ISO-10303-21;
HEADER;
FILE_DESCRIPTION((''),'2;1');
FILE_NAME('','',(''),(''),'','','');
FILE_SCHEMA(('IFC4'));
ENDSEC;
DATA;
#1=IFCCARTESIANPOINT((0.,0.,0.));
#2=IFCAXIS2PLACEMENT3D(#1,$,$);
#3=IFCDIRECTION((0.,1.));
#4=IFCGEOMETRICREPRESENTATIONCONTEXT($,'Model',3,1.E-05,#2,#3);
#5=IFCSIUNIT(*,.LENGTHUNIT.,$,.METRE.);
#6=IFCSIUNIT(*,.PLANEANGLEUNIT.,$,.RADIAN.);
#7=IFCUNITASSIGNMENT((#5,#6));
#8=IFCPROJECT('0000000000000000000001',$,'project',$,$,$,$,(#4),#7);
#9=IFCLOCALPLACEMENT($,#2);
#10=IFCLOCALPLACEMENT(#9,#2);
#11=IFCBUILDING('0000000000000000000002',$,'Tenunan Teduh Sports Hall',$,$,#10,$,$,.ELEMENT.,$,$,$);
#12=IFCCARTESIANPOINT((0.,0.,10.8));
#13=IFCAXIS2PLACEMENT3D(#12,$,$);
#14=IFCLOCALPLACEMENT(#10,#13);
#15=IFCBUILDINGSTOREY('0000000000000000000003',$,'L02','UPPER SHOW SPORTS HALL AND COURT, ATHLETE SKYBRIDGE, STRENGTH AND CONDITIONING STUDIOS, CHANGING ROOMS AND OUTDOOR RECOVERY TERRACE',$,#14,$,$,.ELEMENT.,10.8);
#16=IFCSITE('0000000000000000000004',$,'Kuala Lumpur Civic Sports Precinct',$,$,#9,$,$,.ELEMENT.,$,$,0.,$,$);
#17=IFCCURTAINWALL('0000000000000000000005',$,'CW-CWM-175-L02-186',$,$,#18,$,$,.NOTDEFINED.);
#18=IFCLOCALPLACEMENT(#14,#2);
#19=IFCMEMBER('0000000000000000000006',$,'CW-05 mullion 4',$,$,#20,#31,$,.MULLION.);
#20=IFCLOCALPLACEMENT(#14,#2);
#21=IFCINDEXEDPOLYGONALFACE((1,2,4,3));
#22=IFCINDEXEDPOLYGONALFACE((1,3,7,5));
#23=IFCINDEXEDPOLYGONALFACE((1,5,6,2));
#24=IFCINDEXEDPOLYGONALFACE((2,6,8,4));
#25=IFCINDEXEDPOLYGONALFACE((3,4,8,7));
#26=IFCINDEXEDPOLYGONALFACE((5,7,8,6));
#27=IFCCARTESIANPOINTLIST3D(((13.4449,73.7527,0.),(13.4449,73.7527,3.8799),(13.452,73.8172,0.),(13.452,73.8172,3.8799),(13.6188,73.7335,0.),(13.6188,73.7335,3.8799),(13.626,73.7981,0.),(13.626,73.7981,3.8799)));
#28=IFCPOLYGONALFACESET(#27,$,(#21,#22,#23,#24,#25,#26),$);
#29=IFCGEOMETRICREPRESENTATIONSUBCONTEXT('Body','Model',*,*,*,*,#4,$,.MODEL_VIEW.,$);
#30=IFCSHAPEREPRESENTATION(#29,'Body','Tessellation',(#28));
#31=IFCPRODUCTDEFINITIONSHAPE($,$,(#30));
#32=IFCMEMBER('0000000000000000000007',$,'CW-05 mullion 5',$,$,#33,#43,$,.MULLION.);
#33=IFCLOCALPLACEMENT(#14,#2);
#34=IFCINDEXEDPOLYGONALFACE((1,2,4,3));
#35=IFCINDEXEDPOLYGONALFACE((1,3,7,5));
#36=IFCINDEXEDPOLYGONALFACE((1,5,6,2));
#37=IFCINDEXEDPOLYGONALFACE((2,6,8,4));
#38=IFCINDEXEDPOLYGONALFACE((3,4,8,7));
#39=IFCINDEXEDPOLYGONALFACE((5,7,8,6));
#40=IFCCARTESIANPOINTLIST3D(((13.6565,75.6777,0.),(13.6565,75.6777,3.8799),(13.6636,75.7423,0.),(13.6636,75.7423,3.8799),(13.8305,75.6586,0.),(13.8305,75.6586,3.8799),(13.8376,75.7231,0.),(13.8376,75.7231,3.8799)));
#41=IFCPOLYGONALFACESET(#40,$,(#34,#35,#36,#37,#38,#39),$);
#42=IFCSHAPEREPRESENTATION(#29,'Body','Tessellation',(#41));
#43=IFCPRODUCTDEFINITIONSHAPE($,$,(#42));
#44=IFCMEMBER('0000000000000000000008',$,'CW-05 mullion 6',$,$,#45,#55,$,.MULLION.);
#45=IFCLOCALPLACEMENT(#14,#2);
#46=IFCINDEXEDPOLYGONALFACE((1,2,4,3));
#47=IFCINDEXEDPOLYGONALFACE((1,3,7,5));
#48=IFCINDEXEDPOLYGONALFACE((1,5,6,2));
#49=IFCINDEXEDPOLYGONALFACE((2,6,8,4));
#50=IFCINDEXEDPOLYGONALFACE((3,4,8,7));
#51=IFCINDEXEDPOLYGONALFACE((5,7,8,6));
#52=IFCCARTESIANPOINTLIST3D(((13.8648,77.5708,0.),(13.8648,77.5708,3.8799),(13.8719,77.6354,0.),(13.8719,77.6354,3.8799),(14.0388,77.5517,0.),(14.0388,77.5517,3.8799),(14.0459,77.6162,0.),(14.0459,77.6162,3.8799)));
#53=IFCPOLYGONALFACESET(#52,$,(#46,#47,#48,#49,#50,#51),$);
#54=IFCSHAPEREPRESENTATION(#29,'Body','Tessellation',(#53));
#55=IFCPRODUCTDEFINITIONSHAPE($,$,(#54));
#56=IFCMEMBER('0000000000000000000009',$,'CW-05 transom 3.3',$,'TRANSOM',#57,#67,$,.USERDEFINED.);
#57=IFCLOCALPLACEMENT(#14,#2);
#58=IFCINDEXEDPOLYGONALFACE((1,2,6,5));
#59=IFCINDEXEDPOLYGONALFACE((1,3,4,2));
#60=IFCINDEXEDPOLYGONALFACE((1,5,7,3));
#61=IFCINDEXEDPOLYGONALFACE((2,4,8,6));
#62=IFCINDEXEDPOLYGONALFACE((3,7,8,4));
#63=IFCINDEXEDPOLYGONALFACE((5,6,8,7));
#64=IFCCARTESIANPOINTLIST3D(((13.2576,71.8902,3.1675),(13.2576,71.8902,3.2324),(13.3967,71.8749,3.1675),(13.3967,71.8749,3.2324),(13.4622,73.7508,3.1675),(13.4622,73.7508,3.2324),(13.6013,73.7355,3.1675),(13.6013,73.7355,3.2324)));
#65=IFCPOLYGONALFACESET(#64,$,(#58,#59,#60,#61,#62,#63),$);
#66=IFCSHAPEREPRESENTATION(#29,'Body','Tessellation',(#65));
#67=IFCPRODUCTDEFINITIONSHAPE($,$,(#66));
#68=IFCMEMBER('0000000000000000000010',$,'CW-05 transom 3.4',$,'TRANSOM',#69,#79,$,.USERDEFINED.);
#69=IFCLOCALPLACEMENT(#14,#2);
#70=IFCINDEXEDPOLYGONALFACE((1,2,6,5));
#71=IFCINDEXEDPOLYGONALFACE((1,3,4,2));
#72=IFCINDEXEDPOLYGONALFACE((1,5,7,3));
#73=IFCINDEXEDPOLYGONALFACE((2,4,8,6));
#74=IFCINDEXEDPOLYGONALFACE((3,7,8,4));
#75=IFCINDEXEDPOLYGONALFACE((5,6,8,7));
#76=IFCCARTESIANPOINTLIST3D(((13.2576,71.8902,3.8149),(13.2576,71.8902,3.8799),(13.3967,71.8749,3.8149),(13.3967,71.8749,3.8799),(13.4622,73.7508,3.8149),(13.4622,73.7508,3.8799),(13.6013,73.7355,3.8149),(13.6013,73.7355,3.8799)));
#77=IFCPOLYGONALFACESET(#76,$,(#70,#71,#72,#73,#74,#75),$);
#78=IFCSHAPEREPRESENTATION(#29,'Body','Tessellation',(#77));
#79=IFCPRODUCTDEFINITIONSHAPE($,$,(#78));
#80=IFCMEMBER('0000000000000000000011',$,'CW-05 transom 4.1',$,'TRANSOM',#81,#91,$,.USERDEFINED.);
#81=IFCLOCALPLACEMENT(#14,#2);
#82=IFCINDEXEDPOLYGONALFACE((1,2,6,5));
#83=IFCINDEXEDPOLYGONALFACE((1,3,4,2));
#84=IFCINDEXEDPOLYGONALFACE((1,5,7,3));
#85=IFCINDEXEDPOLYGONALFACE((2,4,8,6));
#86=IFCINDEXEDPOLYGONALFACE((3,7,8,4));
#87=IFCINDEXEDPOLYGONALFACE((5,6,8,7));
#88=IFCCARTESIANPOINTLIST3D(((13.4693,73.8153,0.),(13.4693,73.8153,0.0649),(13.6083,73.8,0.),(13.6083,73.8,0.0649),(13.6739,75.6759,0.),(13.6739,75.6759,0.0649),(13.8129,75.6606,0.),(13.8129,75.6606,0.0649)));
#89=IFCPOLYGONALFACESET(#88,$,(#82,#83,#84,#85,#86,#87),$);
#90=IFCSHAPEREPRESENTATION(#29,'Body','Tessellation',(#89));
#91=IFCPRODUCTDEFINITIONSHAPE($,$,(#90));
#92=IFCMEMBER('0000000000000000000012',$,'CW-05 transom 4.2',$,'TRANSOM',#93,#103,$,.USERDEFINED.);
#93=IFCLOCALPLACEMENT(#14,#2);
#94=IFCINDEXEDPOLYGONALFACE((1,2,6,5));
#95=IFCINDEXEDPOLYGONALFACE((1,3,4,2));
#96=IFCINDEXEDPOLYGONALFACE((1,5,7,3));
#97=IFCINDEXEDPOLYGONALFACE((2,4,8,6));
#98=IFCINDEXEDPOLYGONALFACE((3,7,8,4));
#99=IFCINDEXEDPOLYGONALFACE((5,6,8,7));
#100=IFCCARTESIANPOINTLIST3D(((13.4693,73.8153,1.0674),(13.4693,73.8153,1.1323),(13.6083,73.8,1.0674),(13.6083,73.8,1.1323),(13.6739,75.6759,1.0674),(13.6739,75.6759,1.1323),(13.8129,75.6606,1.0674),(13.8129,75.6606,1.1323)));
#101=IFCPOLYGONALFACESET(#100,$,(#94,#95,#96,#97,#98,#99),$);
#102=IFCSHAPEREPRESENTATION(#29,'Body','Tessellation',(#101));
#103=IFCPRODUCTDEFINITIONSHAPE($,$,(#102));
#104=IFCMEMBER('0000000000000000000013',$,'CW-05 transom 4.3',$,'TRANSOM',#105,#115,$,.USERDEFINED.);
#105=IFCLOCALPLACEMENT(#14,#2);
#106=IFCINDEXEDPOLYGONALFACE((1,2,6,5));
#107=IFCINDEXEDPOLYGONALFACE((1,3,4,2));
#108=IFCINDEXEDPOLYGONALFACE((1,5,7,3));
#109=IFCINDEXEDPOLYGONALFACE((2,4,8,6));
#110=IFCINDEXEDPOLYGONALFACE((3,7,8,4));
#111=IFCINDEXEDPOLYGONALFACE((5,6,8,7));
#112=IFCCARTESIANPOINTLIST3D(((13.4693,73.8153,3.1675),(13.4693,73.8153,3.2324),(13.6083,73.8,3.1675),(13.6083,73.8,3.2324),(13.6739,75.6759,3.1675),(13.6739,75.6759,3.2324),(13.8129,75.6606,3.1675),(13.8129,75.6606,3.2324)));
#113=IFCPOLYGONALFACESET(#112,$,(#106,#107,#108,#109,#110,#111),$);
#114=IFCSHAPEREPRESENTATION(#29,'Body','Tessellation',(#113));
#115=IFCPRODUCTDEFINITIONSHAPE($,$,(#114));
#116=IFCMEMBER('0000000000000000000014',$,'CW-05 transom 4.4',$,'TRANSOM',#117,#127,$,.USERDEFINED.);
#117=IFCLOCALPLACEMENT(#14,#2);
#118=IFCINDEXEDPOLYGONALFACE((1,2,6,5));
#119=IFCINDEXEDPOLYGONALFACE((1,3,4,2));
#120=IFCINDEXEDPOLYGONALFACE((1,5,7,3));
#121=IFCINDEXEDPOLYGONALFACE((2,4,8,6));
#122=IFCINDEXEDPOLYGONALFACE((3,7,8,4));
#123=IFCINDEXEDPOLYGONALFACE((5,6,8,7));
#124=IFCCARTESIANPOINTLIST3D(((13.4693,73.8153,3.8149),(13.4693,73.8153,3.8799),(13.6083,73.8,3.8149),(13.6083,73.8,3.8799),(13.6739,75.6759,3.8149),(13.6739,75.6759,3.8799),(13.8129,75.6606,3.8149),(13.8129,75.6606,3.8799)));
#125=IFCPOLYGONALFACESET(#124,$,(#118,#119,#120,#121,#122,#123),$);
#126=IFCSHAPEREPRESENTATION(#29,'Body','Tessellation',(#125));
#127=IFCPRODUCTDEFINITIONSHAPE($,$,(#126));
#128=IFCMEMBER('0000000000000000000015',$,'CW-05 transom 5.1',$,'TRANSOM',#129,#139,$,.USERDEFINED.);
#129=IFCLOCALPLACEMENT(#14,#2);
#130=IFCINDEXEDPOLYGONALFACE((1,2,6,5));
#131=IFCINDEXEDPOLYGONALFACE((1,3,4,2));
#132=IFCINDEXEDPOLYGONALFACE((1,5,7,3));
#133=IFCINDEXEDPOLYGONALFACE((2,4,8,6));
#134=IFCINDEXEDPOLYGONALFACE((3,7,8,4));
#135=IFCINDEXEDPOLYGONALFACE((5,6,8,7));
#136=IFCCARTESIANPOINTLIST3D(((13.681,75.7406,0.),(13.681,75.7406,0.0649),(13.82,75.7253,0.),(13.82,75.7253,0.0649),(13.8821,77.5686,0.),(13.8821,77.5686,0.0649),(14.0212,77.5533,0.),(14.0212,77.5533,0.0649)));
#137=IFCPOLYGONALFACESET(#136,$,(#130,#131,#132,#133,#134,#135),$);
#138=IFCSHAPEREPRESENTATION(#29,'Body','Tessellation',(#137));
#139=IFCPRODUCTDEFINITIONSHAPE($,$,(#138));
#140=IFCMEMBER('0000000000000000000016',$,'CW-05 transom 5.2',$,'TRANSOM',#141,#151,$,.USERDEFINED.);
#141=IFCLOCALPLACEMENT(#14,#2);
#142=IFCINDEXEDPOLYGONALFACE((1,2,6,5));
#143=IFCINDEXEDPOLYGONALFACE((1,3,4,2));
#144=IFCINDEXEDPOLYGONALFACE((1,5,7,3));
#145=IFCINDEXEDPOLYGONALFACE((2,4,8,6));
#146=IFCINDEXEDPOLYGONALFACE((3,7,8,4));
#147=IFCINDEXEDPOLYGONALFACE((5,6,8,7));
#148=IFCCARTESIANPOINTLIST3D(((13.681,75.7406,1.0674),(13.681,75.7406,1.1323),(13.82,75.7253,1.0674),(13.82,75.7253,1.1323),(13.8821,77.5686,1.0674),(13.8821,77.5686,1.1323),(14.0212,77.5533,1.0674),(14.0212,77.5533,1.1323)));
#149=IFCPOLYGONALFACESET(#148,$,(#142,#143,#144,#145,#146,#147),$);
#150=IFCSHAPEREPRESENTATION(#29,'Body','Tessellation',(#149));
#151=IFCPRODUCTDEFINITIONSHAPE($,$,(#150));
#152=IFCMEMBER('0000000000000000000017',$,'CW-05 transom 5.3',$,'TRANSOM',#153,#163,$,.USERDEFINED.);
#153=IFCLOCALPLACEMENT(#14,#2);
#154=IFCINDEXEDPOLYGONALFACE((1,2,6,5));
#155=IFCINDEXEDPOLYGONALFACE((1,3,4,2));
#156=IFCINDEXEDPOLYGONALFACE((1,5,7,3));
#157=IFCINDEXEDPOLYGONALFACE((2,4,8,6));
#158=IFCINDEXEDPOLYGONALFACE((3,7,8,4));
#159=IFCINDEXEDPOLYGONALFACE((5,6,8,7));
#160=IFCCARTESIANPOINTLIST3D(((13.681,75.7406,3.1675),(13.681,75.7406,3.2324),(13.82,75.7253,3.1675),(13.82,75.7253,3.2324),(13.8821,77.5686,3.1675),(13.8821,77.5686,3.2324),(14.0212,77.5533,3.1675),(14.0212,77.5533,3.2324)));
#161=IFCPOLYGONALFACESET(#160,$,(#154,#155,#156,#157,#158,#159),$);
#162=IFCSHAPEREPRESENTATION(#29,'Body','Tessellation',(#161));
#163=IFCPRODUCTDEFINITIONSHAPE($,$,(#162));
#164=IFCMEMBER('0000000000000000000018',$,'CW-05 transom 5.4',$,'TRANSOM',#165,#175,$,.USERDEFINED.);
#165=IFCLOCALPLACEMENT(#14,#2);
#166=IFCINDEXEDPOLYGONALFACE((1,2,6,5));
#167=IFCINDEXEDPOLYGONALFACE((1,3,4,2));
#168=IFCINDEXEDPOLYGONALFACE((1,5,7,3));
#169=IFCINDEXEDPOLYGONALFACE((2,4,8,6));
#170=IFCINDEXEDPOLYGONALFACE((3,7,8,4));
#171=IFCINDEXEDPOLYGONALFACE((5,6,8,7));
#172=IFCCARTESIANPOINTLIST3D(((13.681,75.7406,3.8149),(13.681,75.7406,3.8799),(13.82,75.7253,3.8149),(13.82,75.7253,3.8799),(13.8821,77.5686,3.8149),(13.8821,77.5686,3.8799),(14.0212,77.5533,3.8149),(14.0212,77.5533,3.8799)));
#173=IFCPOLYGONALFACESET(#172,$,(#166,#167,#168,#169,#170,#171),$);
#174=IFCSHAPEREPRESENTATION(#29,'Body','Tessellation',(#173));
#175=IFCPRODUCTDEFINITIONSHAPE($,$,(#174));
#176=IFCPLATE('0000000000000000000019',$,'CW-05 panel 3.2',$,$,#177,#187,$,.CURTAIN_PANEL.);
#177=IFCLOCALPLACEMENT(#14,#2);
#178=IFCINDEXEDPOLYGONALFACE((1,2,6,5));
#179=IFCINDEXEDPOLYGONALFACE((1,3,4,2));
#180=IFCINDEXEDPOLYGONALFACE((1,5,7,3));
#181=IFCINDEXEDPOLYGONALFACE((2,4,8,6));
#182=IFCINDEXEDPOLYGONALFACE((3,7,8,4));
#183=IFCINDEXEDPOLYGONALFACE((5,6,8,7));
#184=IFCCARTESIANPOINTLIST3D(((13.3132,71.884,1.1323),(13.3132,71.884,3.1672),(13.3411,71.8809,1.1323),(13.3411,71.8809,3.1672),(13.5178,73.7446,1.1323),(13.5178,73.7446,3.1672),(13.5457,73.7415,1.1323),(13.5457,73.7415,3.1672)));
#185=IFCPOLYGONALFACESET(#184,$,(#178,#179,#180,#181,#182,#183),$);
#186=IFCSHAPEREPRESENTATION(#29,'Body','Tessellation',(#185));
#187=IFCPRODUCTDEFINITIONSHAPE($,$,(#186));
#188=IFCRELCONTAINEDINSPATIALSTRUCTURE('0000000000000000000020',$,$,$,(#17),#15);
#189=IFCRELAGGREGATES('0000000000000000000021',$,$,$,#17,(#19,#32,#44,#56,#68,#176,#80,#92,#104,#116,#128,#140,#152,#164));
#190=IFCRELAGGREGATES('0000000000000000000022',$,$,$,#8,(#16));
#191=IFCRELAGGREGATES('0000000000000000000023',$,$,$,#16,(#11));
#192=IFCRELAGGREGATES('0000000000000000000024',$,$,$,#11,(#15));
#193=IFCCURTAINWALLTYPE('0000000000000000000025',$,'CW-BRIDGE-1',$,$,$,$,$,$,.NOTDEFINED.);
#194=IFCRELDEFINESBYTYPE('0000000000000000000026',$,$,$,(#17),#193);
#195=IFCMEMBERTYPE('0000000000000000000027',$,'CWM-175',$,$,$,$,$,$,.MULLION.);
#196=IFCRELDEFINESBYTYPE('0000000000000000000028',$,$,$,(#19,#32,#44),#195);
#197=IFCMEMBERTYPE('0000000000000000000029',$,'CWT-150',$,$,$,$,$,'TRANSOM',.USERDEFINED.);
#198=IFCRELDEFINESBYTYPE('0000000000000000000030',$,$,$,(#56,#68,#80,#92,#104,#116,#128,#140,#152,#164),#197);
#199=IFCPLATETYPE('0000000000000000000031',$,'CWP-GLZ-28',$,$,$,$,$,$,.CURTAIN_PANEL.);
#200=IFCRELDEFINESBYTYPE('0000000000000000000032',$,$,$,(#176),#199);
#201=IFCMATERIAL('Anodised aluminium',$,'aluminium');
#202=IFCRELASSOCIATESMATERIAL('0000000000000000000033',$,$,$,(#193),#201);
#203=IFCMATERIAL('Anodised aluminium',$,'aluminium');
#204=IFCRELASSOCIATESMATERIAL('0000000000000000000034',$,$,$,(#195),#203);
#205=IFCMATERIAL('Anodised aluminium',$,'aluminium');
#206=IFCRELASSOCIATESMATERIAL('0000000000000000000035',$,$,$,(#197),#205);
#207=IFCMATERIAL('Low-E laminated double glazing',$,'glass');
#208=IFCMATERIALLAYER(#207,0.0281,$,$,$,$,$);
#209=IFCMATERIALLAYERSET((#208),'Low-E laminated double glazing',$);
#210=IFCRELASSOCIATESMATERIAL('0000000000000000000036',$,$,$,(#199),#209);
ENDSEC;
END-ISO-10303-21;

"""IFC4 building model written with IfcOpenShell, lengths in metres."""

from ifc_helpers import new_model, si_unit, direction, frame, origin, origin_2d, place, context, subcontext, project, spatial, rectangle, extrude, material, layer, layer_set, material_profile, profile_set, type_object, element, aggregate, save


model = new_model("IFC4")

# Units and contexts
model_context = context("Model", 3, precision=1e-05, world=origin(), true_north=direction((0.0, 1.0)))
body_context = subcontext(model_context, "Body", "Model", "MODEL_VIEW")
ifc_project = project(units=[si_unit("LENGTHUNIT", "METRE"), si_unit("PLANEANGLEUNIT", "RADIAN")], contexts=[model_context])

# Site, building, storey
site_placement = place(None, origin())
site = spatial("IfcSite", under=ifc_project, at=site_placement, Name="Kuala Lumpur Civic Sports Precinct", CompositionType="ELEMENT", RefElevation=0.0)
building_placement = place(site_placement, origin())
building = spatial("IfcBuilding", under=site, at=building_placement, Name="Tenunan Teduh Sports Hall", CompositionType="ELEMENT")
storey_placement = place(building_placement, frame((0.0, 0.0, 10.8)))
storey = spatial("IfcBuildingStorey", under=building, at=storey_placement, Name="L02", Description="UPPER SHOW SPORTS HALL AND COURT, ATHLETE SKYBRIDGE, STRENGTH AND CONDITIONING STUDIOS, CHANGING ROOMS AND OUTDOOR RECOVERY TERRACE", CompositionType="ELEMENT", Elevation=10.8)

# Curtain wall, members, plate
ifc_material_1 = material(Name="Anodised aluminium", Category="aluminium")
curtain_wall_type = type_object("IfcCurtainWallType", Name="CW-BRIDGE-1", PredefinedType="NOTDEFINED", material=ifc_material_1)
curtain_wall_placement = place(storey_placement, origin())
curtain_wall = element("IfcCurtainWall", 1, at=curtain_wall_placement, inside=storey, type_object=curtain_wall_type, Name="CW-CWM-175-L02-186", PredefinedType="NOTDEFINED")
ifc_material_2 = material(Name="Anodised aluminium", Category="aluminium")
ifc_material_profile_1 = material_profile(ifc_material_2, rectangle(XDim=0.0649, YDim=0.175, at=origin_2d()), Name="CWM 65x175")
ifc_profile_set_1 = profile_set([ifc_material_profile_1], Name="Anodised aluminium")
member_type_1 = type_object("IfcMemberType", Name="CWM-175", PredefinedType="MULLION", material=ifc_profile_set_1)
member_1_placement = place(storey_placement, frame((13.5354, 73.7754, 0.0), z_axis=(0.0, 0.0, 1.0), x_axis=(0.109337, 0.994005, 0.0)))
member_1 = element("IfcMember", 2, at=member_1_placement, type_object=member_type_1, Name="CW-05 mullion 4", PredefinedType="MULLION", context=body_context, shape_type="SweptSolid", body=[
    extrude(rectangle(XDim=0.0649, YDim=0.175, at=origin_2d()), origin(), (0.0, 0.0, 1.0), 3.8799),
])
member_2_placement = place(storey_placement, frame((13.7471, 75.7004, 0.0), z_axis=(0.0, 0.0, 1.0), x_axis=(0.109337, 0.994005, 0.0)))
member_2 = element("IfcMember", 3, at=member_2_placement, type_object=member_type_1, Name="CW-05 mullion 5", PredefinedType="MULLION", context=body_context, shape_type="SweptSolid", body=[
    extrude(rectangle(XDim=0.0649, YDim=0.175, at=origin_2d()), origin(), (0.0, 0.0, 1.0), 3.8799),
])
member_3_placement = place(storey_placement, frame((13.9553, 77.5935, 0.0), z_axis=(0.0, 0.0, 1.0), x_axis=(0.109337, 0.994005, 0.0)))
member_3 = element("IfcMember", 4, at=member_3_placement, type_object=member_type_1, Name="CW-05 mullion 6", PredefinedType="MULLION", context=body_context, shape_type="SweptSolid", body=[
    extrude(rectangle(XDim=0.0649, YDim=0.175, at=origin_2d()), origin(), (0.0, 0.0, 1.0), 3.8799),
])
ifc_material_3 = material(Name="Anodised aluminium", Category="aluminium")
ifc_material_profile_2 = material_profile(ifc_material_3, rectangle(XDim=0.0649, YDim=0.1399, at=origin_2d()), Name="CWT 65x140")
ifc_profile_set_2 = profile_set([ifc_material_profile_2], Name="Anodised aluminium")
member_type_2 = type_object("IfcMemberType", Name="CWT-150", ElementType="TRANSOM", PredefinedType="USERDEFINED", material=ifc_profile_set_2)
member_4_placement = place(storey_placement, frame((13.3271, 71.8826, 3.2), z_axis=(0.109301, 0.994009, 0.0), x_axis=(0.0, 0.0, 1.0)))
member_4 = element("IfcMember", 5, at=member_4_placement, type_object=member_type_2, Name="CW-05 transom 3.3", ObjectType="TRANSOM", PredefinedType="USERDEFINED", context=body_context, shape_type="SweptSolid", body=[
    extrude(rectangle(XDim=0.0649, YDim=0.1399, at=origin_2d()), origin(), (0.0, 0.0, 1.0), 1.8718),
])
member_5_placement = place(storey_placement, frame((13.3271, 71.8826, 3.8474), z_axis=(0.109301, 0.994009, 0.0), x_axis=(0.0, 0.0, 1.0)))
member_5 = element("IfcMember", 6, at=member_5_placement, type_object=member_type_2, Name="CW-05 transom 3.4", ObjectType="TRANSOM", PredefinedType="USERDEFINED", context=body_context, shape_type="SweptSolid", body=[
    extrude(rectangle(XDim=0.0649, YDim=0.1399, at=origin_2d()), origin(), (0.0, 0.0, 1.0), 1.8718),
])
member_6_placement = place(storey_placement, frame((13.5388, 73.8076, 0.0325), z_axis=(0.109301, 0.994009, 0.0), x_axis=(0.0, 0.0, 1.0)))
member_6 = element("IfcMember", 7, at=member_6_placement, type_object=member_type_2, Name="CW-05 transom 4.1", ObjectType="TRANSOM", PredefinedType="USERDEFINED", context=body_context, shape_type="SweptSolid", body=[
    extrude(rectangle(XDim=0.0649, YDim=0.1399, at=origin_2d()), origin(), (0.0, 0.0, 1.0), 1.8718),
])
member_7_placement = place(storey_placement, frame((13.5388, 73.8076, 1.0999), z_axis=(0.109301, 0.994009, 0.0), x_axis=(0.0, 0.0, 1.0)))
member_7 = element("IfcMember", 8, at=member_7_placement, type_object=member_type_2, Name="CW-05 transom 4.2", ObjectType="TRANSOM", PredefinedType="USERDEFINED", context=body_context, shape_type="SweptSolid", body=[
    extrude(rectangle(XDim=0.0649, YDim=0.1399, at=origin_2d()), origin(), (0.0, 0.0, 1.0), 1.8718),
])
member_8_placement = place(storey_placement, frame((13.5388, 73.8076, 3.2), z_axis=(0.109301, 0.994009, 0.0), x_axis=(0.0, 0.0, 1.0)))
member_8 = element("IfcMember", 9, at=member_8_placement, type_object=member_type_2, Name="CW-05 transom 4.3", ObjectType="TRANSOM", PredefinedType="USERDEFINED", context=body_context, shape_type="SweptSolid", body=[
    extrude(rectangle(XDim=0.0649, YDim=0.1399, at=origin_2d()), origin(), (0.0, 0.0, 1.0), 1.8718),
])
member_9_placement = place(storey_placement, frame((13.5388, 73.8076, 3.8474), z_axis=(0.109301, 0.994009, 0.0), x_axis=(0.0, 0.0, 1.0)))
member_9 = element("IfcMember", 10, at=member_9_placement, type_object=member_type_2, Name="CW-05 transom 4.4", ObjectType="TRANSOM", PredefinedType="USERDEFINED", context=body_context, shape_type="SweptSolid", body=[
    extrude(rectangle(XDim=0.0649, YDim=0.1399, at=origin_2d()), origin(), (0.0, 0.0, 1.0), 1.8718),
])
member_10_placement = place(storey_placement, frame((13.7505, 75.7329, 0.0325), z_axis=(0.109382, 0.994, 0.0), x_axis=(0.0, 0.0, 1.0)))
member_10 = element("IfcMember", 11, at=member_10_placement, type_object=member_type_2, Name="CW-05 transom 5.1", ObjectType="TRANSOM", PredefinedType="USERDEFINED", context=body_context, shape_type="SweptSolid", body=[
    extrude(rectangle(XDim=0.0649, YDim=0.1399, at=origin_2d()), origin(), (0.0, 0.0, 1.0), 1.8391),
])
member_11_placement = place(storey_placement, frame((13.7505, 75.7329, 1.0999), z_axis=(0.109382, 0.994, 0.0), x_axis=(0.0, 0.0, 1.0)))
member_11 = element("IfcMember", 12, at=member_11_placement, type_object=member_type_2, Name="CW-05 transom 5.2", ObjectType="TRANSOM", PredefinedType="USERDEFINED", context=body_context, shape_type="SweptSolid", body=[
    extrude(rectangle(XDim=0.0649, YDim=0.1399, at=origin_2d()), origin(), (0.0, 0.0, 1.0), 1.8391),
])
member_12_placement = place(storey_placement, frame((13.7505, 75.7329, 3.2), z_axis=(0.109382, 0.994, 0.0), x_axis=(0.0, 0.0, 1.0)))
member_12 = element("IfcMember", 13, at=member_12_placement, type_object=member_type_2, Name="CW-05 transom 5.3", ObjectType="TRANSOM", PredefinedType="USERDEFINED", context=body_context, shape_type="SweptSolid", body=[
    extrude(rectangle(XDim=0.0649, YDim=0.1399, at=origin_2d()), origin(), (0.0, 0.0, 1.0), 1.8391),
])
member_13_placement = place(storey_placement, frame((13.7505, 75.7329, 3.8474), z_axis=(0.109382, 0.994, 0.0), x_axis=(0.0, 0.0, 1.0)))
member_13 = element("IfcMember", 14, at=member_13_placement, type_object=member_type_2, Name="CW-05 transom 5.4", ObjectType="TRANSOM", PredefinedType="USERDEFINED", context=body_context, shape_type="SweptSolid", body=[
    extrude(rectangle(XDim=0.0649, YDim=0.1399, at=origin_2d()), origin(), (0.0, 0.0, 1.0), 1.8391),
])
ifc_material_4 = material(Name="Low-E laminated double glazing", Category="glass")
ifc_layer_1 = layer(ifc_material_4, 0.0281)
ifc_layer_set_1 = layer_set([ifc_layer_1], Name="Low-E laminated double glazing")
plate_type_1 = type_object("IfcPlateType", Name="CWP-GLZ-28", PredefinedType="CURTAIN_PANEL", material=ifc_layer_set_1)
plate_1_placement = place(storey_placement, frame((13.4294, 72.8127, 1.1323), z_axis=(0.0, 0.0, 1.0), x_axis=(0.109338, 0.994005, 0.0)))
plate_1 = element("IfcPlate", 15, at=plate_1_placement, type_object=plate_type_1, Name="CW-05 panel 3.2", PredefinedType="CURTAIN_PANEL", context=body_context, shape_type="SweptSolid", body=[
    extrude(rectangle(XDim=1.8718, YDim=0.0281, at=origin_2d()), origin(), (0.0, 0.0, 1.0), 2.0349),
])
aggregate(curtain_wall, [member_1, member_2, member_3, member_4, member_5, plate_1, member_6, member_7, member_8, member_9, member_10, member_11, member_12, member_13])

save(model, "model.ifc")
